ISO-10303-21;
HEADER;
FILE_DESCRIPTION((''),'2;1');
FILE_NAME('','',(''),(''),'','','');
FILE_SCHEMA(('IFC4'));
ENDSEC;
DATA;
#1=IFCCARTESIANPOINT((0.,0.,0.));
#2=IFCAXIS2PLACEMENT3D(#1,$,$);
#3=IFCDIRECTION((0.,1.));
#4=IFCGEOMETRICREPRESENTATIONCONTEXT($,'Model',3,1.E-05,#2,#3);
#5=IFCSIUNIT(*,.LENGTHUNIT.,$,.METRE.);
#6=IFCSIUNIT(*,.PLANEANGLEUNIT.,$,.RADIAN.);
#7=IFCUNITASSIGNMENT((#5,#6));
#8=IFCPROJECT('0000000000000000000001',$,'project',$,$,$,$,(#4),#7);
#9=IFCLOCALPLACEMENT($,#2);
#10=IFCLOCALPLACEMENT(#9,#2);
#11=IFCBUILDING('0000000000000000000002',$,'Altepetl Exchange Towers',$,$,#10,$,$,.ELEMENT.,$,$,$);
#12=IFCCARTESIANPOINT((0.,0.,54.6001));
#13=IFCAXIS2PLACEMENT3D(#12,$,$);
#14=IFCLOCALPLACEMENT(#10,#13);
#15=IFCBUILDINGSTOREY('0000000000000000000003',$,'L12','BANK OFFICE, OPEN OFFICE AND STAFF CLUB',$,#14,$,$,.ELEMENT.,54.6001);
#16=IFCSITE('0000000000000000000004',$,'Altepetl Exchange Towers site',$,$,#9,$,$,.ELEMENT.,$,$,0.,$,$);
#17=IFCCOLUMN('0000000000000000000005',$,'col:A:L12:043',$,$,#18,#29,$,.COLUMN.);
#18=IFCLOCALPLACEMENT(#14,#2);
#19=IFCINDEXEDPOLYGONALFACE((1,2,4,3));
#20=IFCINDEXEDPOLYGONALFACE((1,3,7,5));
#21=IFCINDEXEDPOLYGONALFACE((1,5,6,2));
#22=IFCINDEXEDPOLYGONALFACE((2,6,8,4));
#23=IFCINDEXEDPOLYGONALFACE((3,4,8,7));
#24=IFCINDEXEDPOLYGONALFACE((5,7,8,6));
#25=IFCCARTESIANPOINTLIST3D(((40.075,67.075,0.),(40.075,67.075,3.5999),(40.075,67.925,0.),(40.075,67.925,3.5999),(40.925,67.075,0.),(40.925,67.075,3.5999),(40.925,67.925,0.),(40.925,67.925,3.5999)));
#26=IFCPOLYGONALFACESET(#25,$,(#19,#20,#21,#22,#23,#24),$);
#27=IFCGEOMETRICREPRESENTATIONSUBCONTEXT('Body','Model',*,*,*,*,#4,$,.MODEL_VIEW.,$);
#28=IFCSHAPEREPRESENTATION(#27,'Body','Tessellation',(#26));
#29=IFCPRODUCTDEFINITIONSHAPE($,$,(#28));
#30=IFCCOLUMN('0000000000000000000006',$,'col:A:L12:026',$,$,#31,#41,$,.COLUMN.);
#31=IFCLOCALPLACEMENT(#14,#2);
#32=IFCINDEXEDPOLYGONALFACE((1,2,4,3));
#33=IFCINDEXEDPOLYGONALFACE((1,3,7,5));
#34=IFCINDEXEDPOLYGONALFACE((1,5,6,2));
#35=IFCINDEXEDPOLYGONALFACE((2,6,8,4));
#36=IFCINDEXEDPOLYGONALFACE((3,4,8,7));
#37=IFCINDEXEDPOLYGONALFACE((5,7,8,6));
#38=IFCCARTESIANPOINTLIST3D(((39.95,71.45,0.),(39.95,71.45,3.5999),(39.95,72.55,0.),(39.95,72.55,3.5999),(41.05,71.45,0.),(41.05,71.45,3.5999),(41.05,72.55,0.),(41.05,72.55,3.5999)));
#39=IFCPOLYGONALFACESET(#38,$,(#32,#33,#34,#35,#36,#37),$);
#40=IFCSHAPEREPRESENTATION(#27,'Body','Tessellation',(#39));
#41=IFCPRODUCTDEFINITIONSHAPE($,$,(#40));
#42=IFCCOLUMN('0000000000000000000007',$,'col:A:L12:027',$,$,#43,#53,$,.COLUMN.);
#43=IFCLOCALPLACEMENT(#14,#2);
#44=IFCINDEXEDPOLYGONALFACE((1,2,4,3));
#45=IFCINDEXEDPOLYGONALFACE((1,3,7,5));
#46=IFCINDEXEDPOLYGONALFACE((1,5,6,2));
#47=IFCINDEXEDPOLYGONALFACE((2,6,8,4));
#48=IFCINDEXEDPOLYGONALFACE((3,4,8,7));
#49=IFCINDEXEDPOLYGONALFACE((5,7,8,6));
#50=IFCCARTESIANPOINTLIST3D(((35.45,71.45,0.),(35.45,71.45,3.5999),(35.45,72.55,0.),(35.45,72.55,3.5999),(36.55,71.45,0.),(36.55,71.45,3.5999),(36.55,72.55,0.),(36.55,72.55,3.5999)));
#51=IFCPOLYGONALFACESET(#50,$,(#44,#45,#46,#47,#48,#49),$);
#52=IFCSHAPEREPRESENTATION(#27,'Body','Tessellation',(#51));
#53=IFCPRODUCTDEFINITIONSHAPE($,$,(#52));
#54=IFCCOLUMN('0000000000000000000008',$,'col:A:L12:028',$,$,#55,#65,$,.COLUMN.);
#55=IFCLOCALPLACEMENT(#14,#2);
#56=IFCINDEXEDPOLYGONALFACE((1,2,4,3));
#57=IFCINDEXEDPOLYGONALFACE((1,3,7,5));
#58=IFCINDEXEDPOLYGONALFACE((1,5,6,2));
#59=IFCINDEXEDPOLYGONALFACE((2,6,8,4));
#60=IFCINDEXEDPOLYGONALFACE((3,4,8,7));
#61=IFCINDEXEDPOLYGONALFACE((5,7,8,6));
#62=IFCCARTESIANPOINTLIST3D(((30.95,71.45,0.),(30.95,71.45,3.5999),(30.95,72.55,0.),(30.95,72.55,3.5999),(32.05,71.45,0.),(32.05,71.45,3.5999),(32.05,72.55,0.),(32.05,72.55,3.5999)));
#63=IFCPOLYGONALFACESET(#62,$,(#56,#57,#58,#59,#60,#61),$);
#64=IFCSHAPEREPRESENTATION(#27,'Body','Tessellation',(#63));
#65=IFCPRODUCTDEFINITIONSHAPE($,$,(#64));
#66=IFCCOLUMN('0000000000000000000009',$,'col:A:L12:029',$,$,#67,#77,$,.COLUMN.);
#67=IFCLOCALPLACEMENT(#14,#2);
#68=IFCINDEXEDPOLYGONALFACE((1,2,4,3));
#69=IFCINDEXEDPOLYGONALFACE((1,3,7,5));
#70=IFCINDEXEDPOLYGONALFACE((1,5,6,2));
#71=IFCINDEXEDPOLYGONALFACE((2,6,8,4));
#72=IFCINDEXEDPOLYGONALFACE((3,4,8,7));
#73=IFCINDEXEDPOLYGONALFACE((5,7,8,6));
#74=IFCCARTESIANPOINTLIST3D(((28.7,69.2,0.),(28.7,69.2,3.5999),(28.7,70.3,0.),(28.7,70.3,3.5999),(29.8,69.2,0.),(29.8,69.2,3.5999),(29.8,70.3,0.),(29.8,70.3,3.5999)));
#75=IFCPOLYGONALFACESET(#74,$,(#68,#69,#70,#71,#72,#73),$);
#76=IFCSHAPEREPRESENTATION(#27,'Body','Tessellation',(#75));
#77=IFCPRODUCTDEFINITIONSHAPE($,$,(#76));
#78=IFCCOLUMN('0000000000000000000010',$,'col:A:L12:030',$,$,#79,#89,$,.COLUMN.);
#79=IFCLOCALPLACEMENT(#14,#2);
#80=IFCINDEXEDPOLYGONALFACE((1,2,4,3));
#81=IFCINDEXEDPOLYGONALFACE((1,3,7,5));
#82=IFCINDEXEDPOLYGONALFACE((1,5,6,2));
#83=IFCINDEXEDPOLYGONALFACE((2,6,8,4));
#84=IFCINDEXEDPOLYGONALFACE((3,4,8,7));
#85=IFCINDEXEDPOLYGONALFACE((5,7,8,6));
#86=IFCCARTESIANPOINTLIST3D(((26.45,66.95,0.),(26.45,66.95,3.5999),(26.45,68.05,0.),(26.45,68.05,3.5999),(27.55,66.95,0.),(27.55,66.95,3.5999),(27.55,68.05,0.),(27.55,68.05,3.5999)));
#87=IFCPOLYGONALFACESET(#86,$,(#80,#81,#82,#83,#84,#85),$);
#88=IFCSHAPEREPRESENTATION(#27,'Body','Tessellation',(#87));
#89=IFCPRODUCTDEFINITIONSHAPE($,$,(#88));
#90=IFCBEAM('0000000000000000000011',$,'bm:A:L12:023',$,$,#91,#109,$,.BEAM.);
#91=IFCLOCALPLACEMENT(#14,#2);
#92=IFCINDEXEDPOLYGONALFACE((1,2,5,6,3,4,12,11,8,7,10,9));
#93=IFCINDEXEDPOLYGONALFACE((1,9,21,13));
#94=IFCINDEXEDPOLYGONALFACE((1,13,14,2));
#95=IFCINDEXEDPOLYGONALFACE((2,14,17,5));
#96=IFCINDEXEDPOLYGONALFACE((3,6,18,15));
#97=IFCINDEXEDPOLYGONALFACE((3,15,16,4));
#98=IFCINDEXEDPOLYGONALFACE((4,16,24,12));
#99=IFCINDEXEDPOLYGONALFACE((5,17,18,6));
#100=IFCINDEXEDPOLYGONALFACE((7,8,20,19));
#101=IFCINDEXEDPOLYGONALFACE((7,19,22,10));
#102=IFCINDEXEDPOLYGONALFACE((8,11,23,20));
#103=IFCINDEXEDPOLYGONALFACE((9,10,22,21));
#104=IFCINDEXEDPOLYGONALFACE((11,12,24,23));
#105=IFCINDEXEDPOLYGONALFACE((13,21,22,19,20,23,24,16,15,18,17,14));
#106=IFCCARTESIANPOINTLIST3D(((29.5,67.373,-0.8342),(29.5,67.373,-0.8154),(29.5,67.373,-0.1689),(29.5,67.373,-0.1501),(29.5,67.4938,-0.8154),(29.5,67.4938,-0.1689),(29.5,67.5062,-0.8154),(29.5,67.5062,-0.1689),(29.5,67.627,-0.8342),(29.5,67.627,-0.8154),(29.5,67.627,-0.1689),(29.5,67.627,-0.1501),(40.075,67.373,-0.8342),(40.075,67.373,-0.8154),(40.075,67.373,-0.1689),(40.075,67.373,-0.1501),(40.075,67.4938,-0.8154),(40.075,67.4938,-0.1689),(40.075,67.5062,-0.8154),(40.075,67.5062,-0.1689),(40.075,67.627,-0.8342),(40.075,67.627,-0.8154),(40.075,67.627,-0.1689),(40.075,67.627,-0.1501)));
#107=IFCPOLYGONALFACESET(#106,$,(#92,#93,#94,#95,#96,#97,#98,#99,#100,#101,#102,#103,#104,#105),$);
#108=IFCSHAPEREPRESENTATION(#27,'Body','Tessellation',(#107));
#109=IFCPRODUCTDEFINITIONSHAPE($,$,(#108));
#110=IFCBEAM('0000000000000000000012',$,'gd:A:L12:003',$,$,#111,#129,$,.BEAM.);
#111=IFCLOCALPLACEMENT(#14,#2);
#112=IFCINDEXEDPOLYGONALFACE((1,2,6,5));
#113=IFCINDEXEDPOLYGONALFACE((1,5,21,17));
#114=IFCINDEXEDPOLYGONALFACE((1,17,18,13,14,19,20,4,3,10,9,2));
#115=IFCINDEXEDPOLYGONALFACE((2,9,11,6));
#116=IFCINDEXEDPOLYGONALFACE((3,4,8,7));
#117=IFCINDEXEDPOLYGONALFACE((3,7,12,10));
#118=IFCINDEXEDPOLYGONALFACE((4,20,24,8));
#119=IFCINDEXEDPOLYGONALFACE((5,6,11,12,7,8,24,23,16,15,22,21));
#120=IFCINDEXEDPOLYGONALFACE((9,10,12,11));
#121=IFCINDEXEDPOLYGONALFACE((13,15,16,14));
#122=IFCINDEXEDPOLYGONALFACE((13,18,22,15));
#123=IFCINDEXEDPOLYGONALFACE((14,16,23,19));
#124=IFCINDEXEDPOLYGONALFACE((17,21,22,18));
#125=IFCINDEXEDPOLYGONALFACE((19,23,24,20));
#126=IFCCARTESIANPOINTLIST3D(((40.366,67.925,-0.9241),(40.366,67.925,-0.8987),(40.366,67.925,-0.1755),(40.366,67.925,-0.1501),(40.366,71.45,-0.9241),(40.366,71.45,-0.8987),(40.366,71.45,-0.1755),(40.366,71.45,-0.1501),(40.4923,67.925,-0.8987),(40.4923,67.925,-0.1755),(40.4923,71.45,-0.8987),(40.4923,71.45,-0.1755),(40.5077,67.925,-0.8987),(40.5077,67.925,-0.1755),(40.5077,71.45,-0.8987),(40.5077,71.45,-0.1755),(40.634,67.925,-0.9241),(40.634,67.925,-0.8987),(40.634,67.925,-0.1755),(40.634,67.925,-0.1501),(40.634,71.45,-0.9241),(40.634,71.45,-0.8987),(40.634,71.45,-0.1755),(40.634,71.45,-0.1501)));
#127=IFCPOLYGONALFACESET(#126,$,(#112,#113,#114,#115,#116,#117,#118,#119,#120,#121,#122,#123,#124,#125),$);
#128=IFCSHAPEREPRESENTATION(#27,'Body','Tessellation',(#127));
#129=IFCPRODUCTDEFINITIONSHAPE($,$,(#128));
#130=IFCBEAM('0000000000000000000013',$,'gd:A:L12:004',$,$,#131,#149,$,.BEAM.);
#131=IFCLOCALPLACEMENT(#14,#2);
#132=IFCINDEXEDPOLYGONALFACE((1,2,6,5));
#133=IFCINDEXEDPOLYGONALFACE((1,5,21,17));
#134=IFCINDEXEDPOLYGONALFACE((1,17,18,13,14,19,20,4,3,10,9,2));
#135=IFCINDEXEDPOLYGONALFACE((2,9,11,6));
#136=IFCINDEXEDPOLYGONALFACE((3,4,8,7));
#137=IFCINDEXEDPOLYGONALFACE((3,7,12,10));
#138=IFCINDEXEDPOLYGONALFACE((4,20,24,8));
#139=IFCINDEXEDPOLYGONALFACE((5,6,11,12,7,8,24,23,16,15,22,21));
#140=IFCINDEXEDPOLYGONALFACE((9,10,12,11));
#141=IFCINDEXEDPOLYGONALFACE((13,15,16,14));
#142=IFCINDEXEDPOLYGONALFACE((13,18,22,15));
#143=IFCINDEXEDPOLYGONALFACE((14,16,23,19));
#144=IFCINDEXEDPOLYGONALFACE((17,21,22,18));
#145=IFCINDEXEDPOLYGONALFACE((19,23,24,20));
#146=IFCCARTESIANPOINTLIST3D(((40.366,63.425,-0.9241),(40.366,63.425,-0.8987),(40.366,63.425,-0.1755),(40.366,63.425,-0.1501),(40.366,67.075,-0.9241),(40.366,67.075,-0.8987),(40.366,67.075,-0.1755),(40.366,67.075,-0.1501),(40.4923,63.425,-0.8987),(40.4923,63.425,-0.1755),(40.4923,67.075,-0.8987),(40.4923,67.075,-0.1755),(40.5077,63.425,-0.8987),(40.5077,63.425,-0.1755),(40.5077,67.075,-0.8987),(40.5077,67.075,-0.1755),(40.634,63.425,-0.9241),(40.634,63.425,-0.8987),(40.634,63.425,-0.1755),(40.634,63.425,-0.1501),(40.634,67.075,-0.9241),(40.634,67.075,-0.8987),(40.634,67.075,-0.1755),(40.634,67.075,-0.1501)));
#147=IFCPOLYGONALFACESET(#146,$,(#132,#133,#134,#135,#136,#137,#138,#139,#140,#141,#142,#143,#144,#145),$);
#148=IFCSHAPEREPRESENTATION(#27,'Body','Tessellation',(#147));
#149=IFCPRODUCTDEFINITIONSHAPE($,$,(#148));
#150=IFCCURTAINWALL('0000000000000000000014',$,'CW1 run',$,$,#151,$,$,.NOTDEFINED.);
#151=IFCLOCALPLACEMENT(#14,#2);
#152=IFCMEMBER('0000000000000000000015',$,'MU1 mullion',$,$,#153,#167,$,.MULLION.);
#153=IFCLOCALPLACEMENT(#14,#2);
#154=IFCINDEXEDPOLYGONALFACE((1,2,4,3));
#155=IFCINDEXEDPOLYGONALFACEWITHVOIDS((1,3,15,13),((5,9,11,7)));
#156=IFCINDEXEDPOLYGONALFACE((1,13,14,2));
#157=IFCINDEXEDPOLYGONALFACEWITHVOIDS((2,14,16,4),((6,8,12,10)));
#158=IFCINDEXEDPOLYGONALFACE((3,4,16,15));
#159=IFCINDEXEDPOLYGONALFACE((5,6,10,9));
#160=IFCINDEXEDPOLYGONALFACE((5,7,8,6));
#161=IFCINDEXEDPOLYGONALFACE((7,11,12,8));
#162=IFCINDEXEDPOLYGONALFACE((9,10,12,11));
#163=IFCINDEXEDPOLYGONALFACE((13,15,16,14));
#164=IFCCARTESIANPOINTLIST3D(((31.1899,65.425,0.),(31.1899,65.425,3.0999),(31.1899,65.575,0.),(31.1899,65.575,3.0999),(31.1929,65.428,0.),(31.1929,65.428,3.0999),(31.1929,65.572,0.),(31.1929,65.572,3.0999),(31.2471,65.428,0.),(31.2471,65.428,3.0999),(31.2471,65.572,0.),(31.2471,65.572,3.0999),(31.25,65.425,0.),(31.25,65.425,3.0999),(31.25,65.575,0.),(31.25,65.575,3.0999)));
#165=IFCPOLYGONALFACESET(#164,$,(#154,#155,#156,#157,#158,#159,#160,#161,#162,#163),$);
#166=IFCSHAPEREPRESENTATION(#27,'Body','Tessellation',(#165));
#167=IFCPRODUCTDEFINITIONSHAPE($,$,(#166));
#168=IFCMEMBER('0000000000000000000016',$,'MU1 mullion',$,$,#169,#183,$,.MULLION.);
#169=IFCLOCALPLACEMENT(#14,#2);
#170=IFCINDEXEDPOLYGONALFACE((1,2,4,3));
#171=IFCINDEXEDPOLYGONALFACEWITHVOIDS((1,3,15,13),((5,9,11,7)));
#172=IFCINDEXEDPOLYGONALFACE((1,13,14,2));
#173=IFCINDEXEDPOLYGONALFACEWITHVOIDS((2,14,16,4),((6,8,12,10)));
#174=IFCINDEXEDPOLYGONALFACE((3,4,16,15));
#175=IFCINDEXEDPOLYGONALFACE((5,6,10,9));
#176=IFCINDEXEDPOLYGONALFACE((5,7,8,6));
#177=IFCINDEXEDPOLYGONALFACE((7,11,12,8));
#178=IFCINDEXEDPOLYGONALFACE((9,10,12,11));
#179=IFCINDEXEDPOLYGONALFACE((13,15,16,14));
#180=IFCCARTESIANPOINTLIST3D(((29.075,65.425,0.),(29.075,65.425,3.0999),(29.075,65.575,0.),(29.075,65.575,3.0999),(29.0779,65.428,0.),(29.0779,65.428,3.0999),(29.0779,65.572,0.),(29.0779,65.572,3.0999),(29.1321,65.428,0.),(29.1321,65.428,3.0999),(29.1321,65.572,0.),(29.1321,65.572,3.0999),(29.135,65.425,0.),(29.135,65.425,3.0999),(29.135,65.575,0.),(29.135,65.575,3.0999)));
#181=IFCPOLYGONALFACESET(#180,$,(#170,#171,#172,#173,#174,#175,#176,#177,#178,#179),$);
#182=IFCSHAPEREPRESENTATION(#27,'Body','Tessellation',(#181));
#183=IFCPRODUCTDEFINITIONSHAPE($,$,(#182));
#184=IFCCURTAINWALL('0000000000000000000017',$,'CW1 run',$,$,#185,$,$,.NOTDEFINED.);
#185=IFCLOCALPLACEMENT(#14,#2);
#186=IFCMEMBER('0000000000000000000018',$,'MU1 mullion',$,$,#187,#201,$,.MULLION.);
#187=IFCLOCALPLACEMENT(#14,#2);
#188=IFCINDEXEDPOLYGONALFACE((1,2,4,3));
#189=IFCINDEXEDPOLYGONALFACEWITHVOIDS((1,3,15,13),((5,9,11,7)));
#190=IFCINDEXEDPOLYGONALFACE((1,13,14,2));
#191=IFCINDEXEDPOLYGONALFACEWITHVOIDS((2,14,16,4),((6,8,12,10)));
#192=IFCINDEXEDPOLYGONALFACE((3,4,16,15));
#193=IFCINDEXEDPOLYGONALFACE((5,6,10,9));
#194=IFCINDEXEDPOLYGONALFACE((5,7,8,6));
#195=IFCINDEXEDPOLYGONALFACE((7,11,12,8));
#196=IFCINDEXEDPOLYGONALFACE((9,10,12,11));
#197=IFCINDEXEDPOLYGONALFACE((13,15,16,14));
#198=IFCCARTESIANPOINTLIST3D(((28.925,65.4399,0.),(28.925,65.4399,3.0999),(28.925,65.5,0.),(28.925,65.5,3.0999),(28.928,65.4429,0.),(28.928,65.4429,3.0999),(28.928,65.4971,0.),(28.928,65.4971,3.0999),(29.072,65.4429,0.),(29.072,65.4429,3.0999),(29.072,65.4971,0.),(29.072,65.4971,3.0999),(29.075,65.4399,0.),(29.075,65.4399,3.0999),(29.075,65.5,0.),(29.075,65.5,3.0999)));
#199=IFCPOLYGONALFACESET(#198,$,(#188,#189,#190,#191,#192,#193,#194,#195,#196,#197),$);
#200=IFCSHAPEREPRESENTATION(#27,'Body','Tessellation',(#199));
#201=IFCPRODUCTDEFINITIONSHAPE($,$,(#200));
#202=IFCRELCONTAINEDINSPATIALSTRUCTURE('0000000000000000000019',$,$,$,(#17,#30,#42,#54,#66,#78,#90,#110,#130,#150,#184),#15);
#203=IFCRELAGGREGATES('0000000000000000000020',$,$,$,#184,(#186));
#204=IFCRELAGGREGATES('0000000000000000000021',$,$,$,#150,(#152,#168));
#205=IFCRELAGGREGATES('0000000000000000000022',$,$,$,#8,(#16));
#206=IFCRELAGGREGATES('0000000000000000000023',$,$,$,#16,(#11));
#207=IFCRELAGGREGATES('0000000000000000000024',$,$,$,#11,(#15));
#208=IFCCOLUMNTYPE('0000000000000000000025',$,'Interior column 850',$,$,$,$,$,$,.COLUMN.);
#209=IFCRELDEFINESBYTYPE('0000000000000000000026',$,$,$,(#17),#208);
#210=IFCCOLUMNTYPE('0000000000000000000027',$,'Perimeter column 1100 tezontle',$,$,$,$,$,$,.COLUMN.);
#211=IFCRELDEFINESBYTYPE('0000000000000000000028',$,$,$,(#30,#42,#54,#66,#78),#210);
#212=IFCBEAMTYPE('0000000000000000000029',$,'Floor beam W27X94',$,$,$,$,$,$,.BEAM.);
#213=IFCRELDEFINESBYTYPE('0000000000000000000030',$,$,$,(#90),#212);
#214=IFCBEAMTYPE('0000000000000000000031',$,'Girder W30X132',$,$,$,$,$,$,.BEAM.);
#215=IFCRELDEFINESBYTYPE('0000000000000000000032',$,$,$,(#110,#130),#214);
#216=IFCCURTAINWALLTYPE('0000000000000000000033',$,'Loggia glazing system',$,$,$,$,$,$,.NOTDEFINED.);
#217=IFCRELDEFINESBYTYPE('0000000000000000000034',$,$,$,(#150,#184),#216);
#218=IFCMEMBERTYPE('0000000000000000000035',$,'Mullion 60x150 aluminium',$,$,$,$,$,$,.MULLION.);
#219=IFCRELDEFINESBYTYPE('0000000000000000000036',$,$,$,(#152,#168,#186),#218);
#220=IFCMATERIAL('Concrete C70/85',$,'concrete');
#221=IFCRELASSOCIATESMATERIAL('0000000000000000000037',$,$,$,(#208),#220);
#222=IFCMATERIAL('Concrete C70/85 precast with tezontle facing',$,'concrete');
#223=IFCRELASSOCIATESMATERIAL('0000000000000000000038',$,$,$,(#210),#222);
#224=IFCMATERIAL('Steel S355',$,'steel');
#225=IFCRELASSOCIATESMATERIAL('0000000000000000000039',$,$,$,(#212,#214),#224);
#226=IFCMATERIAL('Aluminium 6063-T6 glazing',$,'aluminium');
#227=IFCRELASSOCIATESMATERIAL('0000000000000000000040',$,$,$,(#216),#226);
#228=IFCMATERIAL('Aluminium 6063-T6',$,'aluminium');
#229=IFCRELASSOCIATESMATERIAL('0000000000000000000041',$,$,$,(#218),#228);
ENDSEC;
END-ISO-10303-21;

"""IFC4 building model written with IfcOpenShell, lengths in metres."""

from ifc_helpers import new_model, si_unit, direction, frame, origin, origin_2d, place, context, subcontext, project, spatial, rectangle, hollow_rectangle, i_section, extrude, material, material_profile, profile_set, type_object, element, aggregate, save


model = new_model("IFC4")

# Units and contexts
model_context = context("Model", 3, precision=1e-05, world=origin(), true_north=direction((0.0, 1.0)))
body_context = subcontext(model_context, "Body", "Model", "MODEL_VIEW")
ifc_project = project(units=[si_unit("LENGTHUNIT", "METRE"), si_unit("PLANEANGLEUNIT", "RADIAN")], contexts=[model_context])

# Site, building, storey
site_placement = place(None, origin())
site = spatial("IfcSite", under=ifc_project, at=site_placement, Name="Altepetl Exchange Towers site", CompositionType="ELEMENT", RefElevation=0.0)
building_placement = place(site_placement, origin())
building = spatial("IfcBuilding", under=site, at=building_placement, Name="Altepetl Exchange Towers", CompositionType="ELEMENT")
storey_placement = place(building_placement, frame((0.0, 0.0, 54.6001)))
storey = spatial("IfcBuildingStorey", under=building, at=storey_placement, Name="L12", Description="BANK OFFICE, OPEN OFFICE AND STAFF CLUB", CompositionType="ELEMENT", Elevation=54.6001)

# Columns
ifc_material_1 = material(Name="Concrete C70/85", Category="concrete")
ifc_material_profile_1 = material_profile(ifc_material_1, rectangle(XDim=0.8501, YDim=0.8501, at=origin_2d()), Name="850 x 850")
ifc_profile_set_1 = profile_set([ifc_material_profile_1], Name="Concrete C70/85")
column_type_1 = type_object("IfcColumnType", Name="Interior column 850", PredefinedType="COLUMN", material=ifc_profile_set_1)
column_placement = place(storey_placement, frame((40.5, 67.5, 0.0)))
element("IfcColumn", 1, at=column_placement, inside=storey, type_object=column_type_1, Name="col:A:L12:043", PredefinedType="COLUMN", context=body_context, shape_type="SweptSolid", body=[
    extrude(rectangle(XDim=0.8501, YDim=0.8501, at=origin_2d()), origin(), (0.0, 0.0, 1.0), 3.5999),
])
ifc_material_2 = material(Name="Concrete C70/85 precast with tezontle facing", Category="concrete")
ifc_material_profile_2 = material_profile(ifc_material_2, rectangle(XDim=1.1001, YDim=1.1001, at=origin_2d()), Name="1100 x 1100")
ifc_profile_set_2 = profile_set([ifc_material_profile_2], Name="Concrete C70/85 precast with tezontle facing")
column_type_2 = type_object("IfcColumnType", Name="Perimeter column 1100 tezontle", PredefinedType="COLUMN", material=ifc_profile_set_2)
for number, where, name in (
    (2, (40.5, 72.0, 0.0), "col:A:L12:026"),
    (3, (36.0, 72.0, 0.0), "col:A:L12:027"),
    (4, (31.5, 72.0, 0.0), "col:A:L12:028"),
    (5, (29.25, 69.75, 0.0), "col:A:L12:029"),
    (6, (27.0, 67.5, 0.0), "col:A:L12:030"),
):
    element("IfcColumn", number, at=place(storey_placement, frame(where)), inside=storey, type_object=column_type_2, Name=name, PredefinedType="COLUMN", context=body_context, shape_type="SweptSolid", body=[
        extrude(rectangle(XDim=1.1001, YDim=1.1001, at=origin_2d()), origin(), (0.0, 0.0, 1.0), 3.5999),
    ])

# Beams
ifc_material_3 = material(Name="Steel S355", Category="steel")
ifc_material_profile_3 = material_profile(ifc_material_3, i_section(OverallWidth=0.2539, OverallDepth=0.6841, WebThickness=0.0125, FlangeThickness=0.0188, at=origin_2d()), Name="W27X94")
ifc_profile_set_3 = profile_set([ifc_material_profile_3], Name="Steel S355")
beam_type_1 = type_object("IfcBeamType", Name="Floor beam W27X94", PredefinedType="BEAM", material=ifc_profile_set_3)
beam_1_placement = place(storey_placement, frame((29.5, 67.5, -0.4922), z_axis=(1.0, 0.0, 0.0), x_axis=(0.0, 1.0, 0.0)))
element("IfcBeam", 7, at=beam_1_placement, inside=storey, type_object=beam_type_1, Name="bm:A:L12:023", PredefinedType="BEAM", context=body_context, shape_type="SweptSolid", body=[
    extrude(i_section(OverallWidth=0.2539, OverallDepth=0.6841, WebThickness=0.0125, FlangeThickness=0.0188, at=origin_2d()), origin(), (0.0, 0.0, 1.0), 10.575),
])
ifc_material_profile_4 = material_profile(ifc_material_3, i_section(OverallWidth=0.2681, OverallDepth=0.7739, WebThickness=0.0154, FlangeThickness=0.0254, at=origin_2d()), Name="W30X132")
ifc_profile_set_4 = profile_set([ifc_material_profile_4], Name="Steel S355")
beam_type_2 = type_object("IfcBeamType", Name="Girder W30X132", PredefinedType="BEAM", material=ifc_profile_set_4)
beam_2_placement = place(storey_placement, frame((40.5, 71.45, -0.5371), z_axis=(0.0, -1.0, 0.0), x_axis=(1.0, 0.0, 0.0)))
element("IfcBeam", 8, at=beam_2_placement, inside=storey, type_object=beam_type_2, Name="gd:A:L12:003", PredefinedType="BEAM", context=body_context, shape_type="SweptSolid", body=[
    extrude(i_section(OverallWidth=0.2681, OverallDepth=0.7739, WebThickness=0.0154, FlangeThickness=0.0254, at=origin_2d()), origin(), (0.0, 0.0, 1.0), 3.5249),
])
beam_3_placement = place(storey_placement, frame((40.5, 67.075, -0.5371), z_axis=(0.0, -1.0, 0.0), x_axis=(1.0, 0.0, 0.0)))
element("IfcBeam", 9, at=beam_3_placement, inside=storey, type_object=beam_type_2, Name="gd:A:L12:004", PredefinedType="BEAM", context=body_context, shape_type="SweptSolid", body=[
    extrude(i_section(OverallWidth=0.2681, OverallDepth=0.7739, WebThickness=0.0154, FlangeThickness=0.0254, at=origin_2d()), origin(), (0.0, 0.0, 1.0), 3.6499),
])

# Curtain wall, members
ifc_material_4 = material(Name="Aluminium 6063-T6 glazing", Category="aluminium")
curtain_wall_type = type_object("IfcCurtainWallType", Name="Loggia glazing system", PredefinedType="NOTDEFINED", material=ifc_material_4)
curtain_wall_1_placement = place(storey_placement, origin())
curtain_wall_1 = element("IfcCurtainWall", 10, at=curtain_wall_1_placement, inside=storey, type_object=curtain_wall_type, Name="CW1 run", PredefinedType="NOTDEFINED")
ifc_material_5 = material(Name="Aluminium 6063-T6", Category="aluminium")
ifc_material_profile_5 = material_profile(ifc_material_5, hollow_rectangle(XDim=0.0601, YDim=0.1499, WallThickness=0.0029, at=origin_2d()), Name="Mullion 60x150 aluminium")
ifc_profile_set_5 = profile_set([ifc_material_profile_5], Name="Aluminium 6063-T6")
member_type = type_object("IfcMemberType", Name="Mullion 60x150 aluminium", PredefinedType="MULLION", material=ifc_profile_set_5)
member_1_placement = place(storey_placement, frame((31.22, 65.5, 0.0), z_axis=(0.0, 0.0, 1.0), x_axis=(-1.0, 0.0, 0.0)))
member_1 = element("IfcMember", 11, at=member_1_placement, type_object=member_type, Name="MU1 mullion", PredefinedType="MULLION", context=body_context, shape_type="SweptSolid", body=[
    extrude(hollow_rectangle(XDim=0.0601, YDim=0.1499, WallThickness=0.0029, at=origin_2d()), origin(), (0.0, 0.0, 1.0), 3.0999),
])
member_2_placement = place(storey_placement, frame((29.105, 65.5, 0.0), z_axis=(0.0, 0.0, 1.0), x_axis=(-1.0, 0.0, 0.0)))
member_2 = element("IfcMember", 12, at=member_2_placement, type_object=member_type, Name="MU1 mullion", PredefinedType="MULLION", context=body_context, shape_type="SweptSolid", body=[
    extrude(hollow_rectangle(XDim=0.0601, YDim=0.1499, WallThickness=0.0029, at=origin_2d()), origin(), (0.0, 0.0, 1.0), 3.0999),
])

# Curtain wall, member
curtain_wall_2_placement = place(storey_placement, origin())
curtain_wall_2 = element("IfcCurtainWall", 13, at=curtain_wall_2_placement, inside=storey, type_object=curtain_wall_type, Name="CW1 run", PredefinedType="NOTDEFINED")
member_3_placement = place(storey_placement, frame((29.0, 65.47, 0.0), z_axis=(0.0, 0.0, 1.0), x_axis=(0.0, -1.0, 0.0)))
member_3 = element("IfcMember", 14, at=member_3_placement, type_object=member_type, Name="MU1 mullion", PredefinedType="MULLION", context=body_context, shape_type="SweptSolid", body=[
    extrude(hollow_rectangle(XDim=0.0601, YDim=0.1499, WallThickness=0.0029, at=origin_2d()), origin(), (0.0, 0.0, 1.0), 3.0999),
])
aggregate(curtain_wall_2, [member_3])

aggregate(curtain_wall_1, [member_1, member_2])

save(model, "model.ifc")
